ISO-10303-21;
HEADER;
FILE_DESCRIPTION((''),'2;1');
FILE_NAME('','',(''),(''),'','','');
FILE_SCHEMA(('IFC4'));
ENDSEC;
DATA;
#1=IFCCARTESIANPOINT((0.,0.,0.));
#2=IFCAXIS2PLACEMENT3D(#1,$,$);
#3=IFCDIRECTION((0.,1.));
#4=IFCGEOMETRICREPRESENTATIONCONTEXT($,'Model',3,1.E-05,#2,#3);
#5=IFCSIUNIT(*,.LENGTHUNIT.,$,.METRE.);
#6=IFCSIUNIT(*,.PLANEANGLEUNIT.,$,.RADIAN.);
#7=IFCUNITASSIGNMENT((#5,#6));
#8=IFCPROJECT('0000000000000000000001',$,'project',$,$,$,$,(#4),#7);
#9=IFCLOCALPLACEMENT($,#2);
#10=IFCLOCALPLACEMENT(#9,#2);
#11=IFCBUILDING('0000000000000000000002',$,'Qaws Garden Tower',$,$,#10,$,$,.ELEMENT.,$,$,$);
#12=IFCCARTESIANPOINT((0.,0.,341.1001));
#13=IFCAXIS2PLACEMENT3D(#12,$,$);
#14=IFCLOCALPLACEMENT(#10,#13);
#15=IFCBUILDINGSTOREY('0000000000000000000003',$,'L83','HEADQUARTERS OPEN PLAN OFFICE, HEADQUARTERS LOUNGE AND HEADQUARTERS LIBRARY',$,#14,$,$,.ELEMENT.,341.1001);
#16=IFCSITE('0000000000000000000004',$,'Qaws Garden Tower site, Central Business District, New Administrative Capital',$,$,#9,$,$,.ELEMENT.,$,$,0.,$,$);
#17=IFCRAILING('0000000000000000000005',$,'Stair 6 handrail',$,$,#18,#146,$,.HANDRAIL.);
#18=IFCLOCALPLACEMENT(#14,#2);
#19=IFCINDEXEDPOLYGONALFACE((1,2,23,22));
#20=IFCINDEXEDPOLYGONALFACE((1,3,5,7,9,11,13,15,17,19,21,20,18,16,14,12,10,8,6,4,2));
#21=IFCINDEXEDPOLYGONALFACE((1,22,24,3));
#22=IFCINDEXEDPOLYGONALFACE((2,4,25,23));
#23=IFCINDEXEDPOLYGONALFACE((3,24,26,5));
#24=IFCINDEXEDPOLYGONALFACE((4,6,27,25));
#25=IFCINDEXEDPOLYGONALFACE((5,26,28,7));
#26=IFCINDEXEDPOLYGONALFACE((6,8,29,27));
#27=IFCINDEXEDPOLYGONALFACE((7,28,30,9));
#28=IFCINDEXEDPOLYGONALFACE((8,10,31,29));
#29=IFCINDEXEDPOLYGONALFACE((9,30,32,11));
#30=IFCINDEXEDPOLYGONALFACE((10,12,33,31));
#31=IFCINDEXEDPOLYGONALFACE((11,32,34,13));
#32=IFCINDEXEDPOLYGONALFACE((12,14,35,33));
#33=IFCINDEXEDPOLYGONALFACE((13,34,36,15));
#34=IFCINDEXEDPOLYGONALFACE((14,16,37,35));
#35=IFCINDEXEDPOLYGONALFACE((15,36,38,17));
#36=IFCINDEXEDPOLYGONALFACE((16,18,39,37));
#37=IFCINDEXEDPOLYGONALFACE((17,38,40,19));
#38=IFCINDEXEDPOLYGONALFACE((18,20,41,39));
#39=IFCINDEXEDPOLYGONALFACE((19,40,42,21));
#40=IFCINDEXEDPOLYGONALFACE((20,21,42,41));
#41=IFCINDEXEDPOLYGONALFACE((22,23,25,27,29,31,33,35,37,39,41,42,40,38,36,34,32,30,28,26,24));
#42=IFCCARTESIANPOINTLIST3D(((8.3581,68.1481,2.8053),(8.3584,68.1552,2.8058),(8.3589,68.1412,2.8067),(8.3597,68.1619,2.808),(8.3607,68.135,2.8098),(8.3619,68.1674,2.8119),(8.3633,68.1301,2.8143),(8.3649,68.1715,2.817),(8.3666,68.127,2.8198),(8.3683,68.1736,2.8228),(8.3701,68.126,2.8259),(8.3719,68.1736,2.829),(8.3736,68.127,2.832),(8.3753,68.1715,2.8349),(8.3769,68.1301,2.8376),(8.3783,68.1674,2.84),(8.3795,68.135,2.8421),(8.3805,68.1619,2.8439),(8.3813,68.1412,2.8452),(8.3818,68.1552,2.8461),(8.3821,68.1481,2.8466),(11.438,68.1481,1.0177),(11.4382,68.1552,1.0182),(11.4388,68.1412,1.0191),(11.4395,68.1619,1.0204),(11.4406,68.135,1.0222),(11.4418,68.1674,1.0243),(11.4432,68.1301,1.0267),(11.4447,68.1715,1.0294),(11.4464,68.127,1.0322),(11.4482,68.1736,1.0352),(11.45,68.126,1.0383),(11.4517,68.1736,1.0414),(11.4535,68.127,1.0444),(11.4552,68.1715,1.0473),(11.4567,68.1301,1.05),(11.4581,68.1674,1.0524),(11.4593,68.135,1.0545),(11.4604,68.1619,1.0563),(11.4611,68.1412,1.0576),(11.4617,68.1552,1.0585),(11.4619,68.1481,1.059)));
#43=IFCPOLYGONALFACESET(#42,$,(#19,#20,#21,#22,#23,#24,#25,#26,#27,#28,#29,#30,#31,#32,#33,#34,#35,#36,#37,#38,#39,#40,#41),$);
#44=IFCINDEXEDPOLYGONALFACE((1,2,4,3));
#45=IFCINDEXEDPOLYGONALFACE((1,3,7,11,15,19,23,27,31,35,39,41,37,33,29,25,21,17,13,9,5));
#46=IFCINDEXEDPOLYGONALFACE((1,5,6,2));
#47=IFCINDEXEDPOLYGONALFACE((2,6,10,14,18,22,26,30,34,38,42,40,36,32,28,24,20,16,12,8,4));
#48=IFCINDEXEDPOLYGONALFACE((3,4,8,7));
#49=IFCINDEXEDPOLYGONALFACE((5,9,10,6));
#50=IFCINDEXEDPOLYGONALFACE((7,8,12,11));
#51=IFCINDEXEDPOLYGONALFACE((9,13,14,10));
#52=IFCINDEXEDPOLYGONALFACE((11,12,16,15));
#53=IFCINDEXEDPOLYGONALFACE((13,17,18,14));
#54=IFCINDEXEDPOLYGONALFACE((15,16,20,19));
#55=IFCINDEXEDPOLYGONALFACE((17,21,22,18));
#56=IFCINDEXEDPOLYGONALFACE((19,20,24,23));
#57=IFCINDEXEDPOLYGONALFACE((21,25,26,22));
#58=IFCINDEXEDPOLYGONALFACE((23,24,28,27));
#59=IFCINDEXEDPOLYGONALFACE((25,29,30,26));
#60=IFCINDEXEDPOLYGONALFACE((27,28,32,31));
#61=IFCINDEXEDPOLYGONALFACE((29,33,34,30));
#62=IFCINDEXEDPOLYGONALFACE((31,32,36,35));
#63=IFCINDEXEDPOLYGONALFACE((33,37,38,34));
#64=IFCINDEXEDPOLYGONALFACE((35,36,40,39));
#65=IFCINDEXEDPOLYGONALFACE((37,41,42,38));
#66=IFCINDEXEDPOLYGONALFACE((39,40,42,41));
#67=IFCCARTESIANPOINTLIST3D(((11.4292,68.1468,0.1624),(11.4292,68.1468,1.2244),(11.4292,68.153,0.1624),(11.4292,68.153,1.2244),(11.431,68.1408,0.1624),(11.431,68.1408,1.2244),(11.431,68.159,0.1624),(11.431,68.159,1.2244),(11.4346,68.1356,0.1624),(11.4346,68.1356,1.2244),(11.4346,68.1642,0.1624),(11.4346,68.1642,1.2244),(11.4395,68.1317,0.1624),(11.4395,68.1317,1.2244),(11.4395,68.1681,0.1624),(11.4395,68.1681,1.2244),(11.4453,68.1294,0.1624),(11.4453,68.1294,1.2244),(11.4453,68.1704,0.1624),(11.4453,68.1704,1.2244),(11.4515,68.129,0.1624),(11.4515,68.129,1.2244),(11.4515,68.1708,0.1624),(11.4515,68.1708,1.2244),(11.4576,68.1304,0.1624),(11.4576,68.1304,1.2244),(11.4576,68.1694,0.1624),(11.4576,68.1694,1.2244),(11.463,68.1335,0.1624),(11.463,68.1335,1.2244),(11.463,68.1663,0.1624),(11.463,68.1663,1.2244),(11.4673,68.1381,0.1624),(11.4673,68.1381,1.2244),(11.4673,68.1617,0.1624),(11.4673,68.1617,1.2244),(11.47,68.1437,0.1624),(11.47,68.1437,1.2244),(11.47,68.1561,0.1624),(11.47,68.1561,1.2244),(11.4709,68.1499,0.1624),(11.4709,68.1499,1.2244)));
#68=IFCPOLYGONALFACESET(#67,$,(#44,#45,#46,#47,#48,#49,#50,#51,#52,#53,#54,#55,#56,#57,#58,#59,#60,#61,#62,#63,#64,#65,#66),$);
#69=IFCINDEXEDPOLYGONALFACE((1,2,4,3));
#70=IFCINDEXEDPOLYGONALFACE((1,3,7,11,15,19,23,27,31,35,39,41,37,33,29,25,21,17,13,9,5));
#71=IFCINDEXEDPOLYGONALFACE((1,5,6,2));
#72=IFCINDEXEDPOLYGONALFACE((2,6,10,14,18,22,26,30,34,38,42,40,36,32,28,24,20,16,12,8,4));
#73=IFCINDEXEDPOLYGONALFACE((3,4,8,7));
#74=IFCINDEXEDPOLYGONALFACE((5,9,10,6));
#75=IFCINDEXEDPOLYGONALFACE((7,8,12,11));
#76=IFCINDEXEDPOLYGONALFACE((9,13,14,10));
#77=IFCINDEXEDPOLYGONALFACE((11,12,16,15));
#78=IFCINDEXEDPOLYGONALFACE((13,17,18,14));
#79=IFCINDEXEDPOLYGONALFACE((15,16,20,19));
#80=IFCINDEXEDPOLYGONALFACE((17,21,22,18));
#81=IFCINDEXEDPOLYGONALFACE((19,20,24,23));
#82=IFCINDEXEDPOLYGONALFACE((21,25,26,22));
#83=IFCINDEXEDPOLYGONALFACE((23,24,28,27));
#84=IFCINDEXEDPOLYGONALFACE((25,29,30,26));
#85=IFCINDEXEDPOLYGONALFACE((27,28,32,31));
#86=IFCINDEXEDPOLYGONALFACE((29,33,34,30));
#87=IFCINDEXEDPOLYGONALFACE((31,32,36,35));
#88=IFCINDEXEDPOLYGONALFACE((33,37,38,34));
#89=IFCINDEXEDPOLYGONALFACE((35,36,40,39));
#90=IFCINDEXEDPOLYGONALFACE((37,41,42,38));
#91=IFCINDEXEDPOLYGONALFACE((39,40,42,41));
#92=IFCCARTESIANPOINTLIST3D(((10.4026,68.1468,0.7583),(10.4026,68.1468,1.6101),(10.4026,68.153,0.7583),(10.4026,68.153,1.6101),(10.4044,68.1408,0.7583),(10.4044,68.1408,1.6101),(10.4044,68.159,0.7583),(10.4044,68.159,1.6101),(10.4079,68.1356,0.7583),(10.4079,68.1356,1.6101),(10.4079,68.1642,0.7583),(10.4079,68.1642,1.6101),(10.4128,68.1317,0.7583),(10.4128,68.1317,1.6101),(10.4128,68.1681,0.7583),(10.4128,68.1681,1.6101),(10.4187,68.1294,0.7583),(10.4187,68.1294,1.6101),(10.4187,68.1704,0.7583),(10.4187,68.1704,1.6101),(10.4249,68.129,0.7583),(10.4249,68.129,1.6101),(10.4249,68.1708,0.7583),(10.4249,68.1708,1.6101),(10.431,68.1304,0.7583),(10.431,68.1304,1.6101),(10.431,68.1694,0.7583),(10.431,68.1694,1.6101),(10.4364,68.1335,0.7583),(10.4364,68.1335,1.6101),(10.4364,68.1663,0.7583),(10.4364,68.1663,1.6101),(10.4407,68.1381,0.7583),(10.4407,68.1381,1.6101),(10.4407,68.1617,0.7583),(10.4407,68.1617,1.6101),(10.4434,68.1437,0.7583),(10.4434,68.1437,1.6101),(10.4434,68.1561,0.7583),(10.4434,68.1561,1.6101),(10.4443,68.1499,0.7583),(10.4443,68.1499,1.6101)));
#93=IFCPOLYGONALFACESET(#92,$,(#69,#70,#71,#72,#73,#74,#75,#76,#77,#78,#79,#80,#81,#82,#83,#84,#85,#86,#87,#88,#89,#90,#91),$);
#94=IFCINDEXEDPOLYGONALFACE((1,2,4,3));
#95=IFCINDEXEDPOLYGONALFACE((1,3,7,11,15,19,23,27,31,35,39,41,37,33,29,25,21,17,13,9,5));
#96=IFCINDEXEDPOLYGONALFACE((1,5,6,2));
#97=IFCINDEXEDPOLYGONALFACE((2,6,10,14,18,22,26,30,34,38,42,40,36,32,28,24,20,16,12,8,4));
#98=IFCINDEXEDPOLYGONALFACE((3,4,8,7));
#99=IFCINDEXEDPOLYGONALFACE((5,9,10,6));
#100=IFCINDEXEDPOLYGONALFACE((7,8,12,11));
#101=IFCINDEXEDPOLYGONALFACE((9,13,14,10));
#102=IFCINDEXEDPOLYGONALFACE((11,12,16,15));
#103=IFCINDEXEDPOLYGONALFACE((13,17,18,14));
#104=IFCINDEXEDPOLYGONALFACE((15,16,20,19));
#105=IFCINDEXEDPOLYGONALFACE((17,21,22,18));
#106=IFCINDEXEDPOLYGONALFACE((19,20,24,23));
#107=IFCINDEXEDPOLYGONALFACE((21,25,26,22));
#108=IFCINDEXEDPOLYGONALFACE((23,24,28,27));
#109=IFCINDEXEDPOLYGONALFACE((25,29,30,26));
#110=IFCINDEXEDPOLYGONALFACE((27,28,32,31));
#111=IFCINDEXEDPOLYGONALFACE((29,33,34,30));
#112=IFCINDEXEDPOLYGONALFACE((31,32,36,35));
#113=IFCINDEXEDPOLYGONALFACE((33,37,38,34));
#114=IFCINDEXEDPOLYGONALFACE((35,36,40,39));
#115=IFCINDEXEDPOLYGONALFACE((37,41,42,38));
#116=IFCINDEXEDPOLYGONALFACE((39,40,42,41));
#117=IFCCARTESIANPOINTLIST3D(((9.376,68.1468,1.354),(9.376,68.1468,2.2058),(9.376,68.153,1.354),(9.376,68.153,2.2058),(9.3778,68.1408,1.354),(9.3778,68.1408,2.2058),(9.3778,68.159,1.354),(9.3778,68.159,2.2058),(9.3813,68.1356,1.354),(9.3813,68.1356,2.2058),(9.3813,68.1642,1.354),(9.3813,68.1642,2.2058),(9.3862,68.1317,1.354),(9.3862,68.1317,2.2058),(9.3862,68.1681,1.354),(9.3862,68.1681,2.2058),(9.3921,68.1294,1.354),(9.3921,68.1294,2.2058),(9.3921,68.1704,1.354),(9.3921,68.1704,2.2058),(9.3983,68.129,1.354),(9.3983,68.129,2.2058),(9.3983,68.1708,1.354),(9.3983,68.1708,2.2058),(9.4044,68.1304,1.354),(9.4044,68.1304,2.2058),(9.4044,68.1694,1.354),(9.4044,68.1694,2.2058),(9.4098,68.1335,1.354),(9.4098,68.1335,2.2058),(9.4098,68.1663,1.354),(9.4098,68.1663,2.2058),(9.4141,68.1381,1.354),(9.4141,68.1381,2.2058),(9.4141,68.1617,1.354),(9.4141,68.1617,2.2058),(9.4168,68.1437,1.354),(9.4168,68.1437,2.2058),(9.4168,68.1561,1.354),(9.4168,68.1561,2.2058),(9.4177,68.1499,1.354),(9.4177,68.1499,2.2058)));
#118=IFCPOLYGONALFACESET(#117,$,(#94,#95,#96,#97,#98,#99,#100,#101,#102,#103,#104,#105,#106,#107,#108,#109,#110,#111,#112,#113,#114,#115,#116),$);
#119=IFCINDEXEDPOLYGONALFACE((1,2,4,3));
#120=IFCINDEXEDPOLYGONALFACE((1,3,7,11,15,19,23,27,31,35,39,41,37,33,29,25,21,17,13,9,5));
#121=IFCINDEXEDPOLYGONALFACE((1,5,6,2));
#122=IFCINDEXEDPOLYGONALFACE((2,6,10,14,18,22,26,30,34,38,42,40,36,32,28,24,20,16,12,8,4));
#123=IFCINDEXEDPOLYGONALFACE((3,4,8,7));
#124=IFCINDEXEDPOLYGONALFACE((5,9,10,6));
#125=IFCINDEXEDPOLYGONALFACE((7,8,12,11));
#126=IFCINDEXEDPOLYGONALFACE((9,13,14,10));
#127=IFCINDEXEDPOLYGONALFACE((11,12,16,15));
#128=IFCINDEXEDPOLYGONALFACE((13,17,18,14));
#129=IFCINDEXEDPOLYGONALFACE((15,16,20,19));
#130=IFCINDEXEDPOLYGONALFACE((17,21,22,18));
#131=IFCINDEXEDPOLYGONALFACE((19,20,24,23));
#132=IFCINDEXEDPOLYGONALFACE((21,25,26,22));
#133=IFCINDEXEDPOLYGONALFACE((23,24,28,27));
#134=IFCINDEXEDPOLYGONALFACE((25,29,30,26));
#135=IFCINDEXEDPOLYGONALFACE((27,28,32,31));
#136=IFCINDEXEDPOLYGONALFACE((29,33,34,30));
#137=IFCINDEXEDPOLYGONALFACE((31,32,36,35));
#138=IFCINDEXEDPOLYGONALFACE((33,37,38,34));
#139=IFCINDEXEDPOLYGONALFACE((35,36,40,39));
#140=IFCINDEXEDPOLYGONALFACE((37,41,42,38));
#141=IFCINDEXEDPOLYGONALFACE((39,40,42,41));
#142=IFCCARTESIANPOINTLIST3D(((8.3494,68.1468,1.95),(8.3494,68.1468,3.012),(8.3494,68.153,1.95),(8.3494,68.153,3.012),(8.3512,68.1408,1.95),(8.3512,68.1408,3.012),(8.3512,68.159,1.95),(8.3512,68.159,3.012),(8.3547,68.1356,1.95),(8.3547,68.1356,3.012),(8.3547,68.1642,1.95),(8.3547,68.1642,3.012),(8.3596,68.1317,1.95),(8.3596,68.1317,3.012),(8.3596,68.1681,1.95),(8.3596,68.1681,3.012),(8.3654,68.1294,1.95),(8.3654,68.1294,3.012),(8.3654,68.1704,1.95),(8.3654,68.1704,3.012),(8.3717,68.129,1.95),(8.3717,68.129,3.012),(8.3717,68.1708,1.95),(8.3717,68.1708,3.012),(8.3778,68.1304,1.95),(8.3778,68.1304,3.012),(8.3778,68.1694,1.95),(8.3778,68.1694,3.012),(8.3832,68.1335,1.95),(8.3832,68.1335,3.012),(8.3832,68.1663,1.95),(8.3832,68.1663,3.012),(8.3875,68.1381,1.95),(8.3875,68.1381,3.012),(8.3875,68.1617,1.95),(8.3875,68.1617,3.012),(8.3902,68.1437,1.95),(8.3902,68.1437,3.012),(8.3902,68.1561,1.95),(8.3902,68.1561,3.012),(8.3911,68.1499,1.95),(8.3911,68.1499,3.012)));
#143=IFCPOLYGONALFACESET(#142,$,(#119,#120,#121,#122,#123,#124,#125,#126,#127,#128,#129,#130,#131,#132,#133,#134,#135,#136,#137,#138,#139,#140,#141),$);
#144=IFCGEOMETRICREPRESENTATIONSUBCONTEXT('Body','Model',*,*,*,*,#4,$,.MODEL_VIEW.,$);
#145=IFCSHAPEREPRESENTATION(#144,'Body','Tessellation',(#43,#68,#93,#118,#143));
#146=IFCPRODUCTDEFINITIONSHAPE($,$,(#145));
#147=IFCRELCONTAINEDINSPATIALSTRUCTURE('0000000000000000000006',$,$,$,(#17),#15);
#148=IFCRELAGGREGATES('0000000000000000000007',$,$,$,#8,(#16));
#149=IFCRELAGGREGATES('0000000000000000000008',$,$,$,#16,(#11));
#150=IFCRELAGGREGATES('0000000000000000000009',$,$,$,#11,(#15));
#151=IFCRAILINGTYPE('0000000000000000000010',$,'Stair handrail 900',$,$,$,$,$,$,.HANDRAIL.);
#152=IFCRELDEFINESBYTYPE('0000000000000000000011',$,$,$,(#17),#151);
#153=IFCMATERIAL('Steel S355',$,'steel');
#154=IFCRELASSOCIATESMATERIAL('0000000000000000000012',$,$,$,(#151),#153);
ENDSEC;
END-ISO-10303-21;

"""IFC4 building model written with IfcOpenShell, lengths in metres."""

from ifc_helpers import new_model, si_unit, direction, frame, origin, origin_2d, place, context, subcontext, project, spatial, circle, extrude, material, type_object, element, save


model = new_model("IFC4")

# Units and contexts
model_context = context("Model", 3, precision=1e-05, world=origin(), true_north=direction((0.0, 1.0)))
body_context = subcontext(model_context, "Body", "Model", "MODEL_VIEW")
ifc_project = project(units=[si_unit("LENGTHUNIT", "METRE"), si_unit("PLANEANGLEUNIT", "RADIAN")], contexts=[model_context])

# Site, building, storey
site_placement = place(None, origin())
site = spatial("IfcSite", under=ifc_project, at=site_placement, Name="Qaws Garden Tower site, Central Business District, New Administrative Capital", CompositionType="ELEMENT", RefElevation=0.0)
building_placement = place(site_placement, origin())
building = spatial("IfcBuilding", under=site, at=building_placement, Name="Qaws Garden Tower", CompositionType="ELEMENT")
storey_placement = place(building_placement, frame((0.0, 0.0, 341.1001)))
storey = spatial("IfcBuildingStorey", under=building, at=storey_placement, Name="L83", Description="HEADQUARTERS OPEN PLAN OFFICE, HEADQUARTERS LOUNGE AND HEADQUARTERS LIBRARY", CompositionType="ELEMENT", Elevation=341.1001)

# Railing
ifc_material_1 = material(Name="Steel S355", Category="steel")
railing_type = type_object("IfcRailingType", Name="Stair handrail 900", PredefinedType="HANDRAIL", material=ifc_material_1)
railing_1_placement = place(storey_placement, frame((11.45, 68.1499, 0.1624)))
element("IfcRailing", 1, at=railing_1_placement, inside=storey, type_object=railing_type, Name="Stair 6 handrail", PredefinedType="HANDRAIL", context=body_context, shape_type="SweptSolid", body=[
    extrude(circle(Radius=0.0239, at=origin_2d()), frame((0.0, 0.0, 0.876), z_axis=(-0.864873, 0.0, 0.50199), x_axis=(0.0, -1.0, 0.0)), (0.0, 0.0, 1.0), 3.561),
    extrude(circle(Radius=0.021, at=origin_2d()), origin(), (0.0, 0.0, 1.0), 1.062),
    extrude(circle(Radius=0.021, at=origin_2d()), frame((-1.0266, 0.0, 0.5959)), (0.0, 0.0, 1.0), 0.8518),
    extrude(circle(Radius=0.021, at=origin_2d()), frame((-2.0532, 0.0, 1.1917)), (0.0, 0.0, 1.0), 0.8518),
    extrude(circle(Radius=0.021, at=origin_2d()), frame((-3.0798, 0.0, 1.7876)), (0.0, 0.0, 1.0), 1.062),
])

save(model, "model.ifc")
